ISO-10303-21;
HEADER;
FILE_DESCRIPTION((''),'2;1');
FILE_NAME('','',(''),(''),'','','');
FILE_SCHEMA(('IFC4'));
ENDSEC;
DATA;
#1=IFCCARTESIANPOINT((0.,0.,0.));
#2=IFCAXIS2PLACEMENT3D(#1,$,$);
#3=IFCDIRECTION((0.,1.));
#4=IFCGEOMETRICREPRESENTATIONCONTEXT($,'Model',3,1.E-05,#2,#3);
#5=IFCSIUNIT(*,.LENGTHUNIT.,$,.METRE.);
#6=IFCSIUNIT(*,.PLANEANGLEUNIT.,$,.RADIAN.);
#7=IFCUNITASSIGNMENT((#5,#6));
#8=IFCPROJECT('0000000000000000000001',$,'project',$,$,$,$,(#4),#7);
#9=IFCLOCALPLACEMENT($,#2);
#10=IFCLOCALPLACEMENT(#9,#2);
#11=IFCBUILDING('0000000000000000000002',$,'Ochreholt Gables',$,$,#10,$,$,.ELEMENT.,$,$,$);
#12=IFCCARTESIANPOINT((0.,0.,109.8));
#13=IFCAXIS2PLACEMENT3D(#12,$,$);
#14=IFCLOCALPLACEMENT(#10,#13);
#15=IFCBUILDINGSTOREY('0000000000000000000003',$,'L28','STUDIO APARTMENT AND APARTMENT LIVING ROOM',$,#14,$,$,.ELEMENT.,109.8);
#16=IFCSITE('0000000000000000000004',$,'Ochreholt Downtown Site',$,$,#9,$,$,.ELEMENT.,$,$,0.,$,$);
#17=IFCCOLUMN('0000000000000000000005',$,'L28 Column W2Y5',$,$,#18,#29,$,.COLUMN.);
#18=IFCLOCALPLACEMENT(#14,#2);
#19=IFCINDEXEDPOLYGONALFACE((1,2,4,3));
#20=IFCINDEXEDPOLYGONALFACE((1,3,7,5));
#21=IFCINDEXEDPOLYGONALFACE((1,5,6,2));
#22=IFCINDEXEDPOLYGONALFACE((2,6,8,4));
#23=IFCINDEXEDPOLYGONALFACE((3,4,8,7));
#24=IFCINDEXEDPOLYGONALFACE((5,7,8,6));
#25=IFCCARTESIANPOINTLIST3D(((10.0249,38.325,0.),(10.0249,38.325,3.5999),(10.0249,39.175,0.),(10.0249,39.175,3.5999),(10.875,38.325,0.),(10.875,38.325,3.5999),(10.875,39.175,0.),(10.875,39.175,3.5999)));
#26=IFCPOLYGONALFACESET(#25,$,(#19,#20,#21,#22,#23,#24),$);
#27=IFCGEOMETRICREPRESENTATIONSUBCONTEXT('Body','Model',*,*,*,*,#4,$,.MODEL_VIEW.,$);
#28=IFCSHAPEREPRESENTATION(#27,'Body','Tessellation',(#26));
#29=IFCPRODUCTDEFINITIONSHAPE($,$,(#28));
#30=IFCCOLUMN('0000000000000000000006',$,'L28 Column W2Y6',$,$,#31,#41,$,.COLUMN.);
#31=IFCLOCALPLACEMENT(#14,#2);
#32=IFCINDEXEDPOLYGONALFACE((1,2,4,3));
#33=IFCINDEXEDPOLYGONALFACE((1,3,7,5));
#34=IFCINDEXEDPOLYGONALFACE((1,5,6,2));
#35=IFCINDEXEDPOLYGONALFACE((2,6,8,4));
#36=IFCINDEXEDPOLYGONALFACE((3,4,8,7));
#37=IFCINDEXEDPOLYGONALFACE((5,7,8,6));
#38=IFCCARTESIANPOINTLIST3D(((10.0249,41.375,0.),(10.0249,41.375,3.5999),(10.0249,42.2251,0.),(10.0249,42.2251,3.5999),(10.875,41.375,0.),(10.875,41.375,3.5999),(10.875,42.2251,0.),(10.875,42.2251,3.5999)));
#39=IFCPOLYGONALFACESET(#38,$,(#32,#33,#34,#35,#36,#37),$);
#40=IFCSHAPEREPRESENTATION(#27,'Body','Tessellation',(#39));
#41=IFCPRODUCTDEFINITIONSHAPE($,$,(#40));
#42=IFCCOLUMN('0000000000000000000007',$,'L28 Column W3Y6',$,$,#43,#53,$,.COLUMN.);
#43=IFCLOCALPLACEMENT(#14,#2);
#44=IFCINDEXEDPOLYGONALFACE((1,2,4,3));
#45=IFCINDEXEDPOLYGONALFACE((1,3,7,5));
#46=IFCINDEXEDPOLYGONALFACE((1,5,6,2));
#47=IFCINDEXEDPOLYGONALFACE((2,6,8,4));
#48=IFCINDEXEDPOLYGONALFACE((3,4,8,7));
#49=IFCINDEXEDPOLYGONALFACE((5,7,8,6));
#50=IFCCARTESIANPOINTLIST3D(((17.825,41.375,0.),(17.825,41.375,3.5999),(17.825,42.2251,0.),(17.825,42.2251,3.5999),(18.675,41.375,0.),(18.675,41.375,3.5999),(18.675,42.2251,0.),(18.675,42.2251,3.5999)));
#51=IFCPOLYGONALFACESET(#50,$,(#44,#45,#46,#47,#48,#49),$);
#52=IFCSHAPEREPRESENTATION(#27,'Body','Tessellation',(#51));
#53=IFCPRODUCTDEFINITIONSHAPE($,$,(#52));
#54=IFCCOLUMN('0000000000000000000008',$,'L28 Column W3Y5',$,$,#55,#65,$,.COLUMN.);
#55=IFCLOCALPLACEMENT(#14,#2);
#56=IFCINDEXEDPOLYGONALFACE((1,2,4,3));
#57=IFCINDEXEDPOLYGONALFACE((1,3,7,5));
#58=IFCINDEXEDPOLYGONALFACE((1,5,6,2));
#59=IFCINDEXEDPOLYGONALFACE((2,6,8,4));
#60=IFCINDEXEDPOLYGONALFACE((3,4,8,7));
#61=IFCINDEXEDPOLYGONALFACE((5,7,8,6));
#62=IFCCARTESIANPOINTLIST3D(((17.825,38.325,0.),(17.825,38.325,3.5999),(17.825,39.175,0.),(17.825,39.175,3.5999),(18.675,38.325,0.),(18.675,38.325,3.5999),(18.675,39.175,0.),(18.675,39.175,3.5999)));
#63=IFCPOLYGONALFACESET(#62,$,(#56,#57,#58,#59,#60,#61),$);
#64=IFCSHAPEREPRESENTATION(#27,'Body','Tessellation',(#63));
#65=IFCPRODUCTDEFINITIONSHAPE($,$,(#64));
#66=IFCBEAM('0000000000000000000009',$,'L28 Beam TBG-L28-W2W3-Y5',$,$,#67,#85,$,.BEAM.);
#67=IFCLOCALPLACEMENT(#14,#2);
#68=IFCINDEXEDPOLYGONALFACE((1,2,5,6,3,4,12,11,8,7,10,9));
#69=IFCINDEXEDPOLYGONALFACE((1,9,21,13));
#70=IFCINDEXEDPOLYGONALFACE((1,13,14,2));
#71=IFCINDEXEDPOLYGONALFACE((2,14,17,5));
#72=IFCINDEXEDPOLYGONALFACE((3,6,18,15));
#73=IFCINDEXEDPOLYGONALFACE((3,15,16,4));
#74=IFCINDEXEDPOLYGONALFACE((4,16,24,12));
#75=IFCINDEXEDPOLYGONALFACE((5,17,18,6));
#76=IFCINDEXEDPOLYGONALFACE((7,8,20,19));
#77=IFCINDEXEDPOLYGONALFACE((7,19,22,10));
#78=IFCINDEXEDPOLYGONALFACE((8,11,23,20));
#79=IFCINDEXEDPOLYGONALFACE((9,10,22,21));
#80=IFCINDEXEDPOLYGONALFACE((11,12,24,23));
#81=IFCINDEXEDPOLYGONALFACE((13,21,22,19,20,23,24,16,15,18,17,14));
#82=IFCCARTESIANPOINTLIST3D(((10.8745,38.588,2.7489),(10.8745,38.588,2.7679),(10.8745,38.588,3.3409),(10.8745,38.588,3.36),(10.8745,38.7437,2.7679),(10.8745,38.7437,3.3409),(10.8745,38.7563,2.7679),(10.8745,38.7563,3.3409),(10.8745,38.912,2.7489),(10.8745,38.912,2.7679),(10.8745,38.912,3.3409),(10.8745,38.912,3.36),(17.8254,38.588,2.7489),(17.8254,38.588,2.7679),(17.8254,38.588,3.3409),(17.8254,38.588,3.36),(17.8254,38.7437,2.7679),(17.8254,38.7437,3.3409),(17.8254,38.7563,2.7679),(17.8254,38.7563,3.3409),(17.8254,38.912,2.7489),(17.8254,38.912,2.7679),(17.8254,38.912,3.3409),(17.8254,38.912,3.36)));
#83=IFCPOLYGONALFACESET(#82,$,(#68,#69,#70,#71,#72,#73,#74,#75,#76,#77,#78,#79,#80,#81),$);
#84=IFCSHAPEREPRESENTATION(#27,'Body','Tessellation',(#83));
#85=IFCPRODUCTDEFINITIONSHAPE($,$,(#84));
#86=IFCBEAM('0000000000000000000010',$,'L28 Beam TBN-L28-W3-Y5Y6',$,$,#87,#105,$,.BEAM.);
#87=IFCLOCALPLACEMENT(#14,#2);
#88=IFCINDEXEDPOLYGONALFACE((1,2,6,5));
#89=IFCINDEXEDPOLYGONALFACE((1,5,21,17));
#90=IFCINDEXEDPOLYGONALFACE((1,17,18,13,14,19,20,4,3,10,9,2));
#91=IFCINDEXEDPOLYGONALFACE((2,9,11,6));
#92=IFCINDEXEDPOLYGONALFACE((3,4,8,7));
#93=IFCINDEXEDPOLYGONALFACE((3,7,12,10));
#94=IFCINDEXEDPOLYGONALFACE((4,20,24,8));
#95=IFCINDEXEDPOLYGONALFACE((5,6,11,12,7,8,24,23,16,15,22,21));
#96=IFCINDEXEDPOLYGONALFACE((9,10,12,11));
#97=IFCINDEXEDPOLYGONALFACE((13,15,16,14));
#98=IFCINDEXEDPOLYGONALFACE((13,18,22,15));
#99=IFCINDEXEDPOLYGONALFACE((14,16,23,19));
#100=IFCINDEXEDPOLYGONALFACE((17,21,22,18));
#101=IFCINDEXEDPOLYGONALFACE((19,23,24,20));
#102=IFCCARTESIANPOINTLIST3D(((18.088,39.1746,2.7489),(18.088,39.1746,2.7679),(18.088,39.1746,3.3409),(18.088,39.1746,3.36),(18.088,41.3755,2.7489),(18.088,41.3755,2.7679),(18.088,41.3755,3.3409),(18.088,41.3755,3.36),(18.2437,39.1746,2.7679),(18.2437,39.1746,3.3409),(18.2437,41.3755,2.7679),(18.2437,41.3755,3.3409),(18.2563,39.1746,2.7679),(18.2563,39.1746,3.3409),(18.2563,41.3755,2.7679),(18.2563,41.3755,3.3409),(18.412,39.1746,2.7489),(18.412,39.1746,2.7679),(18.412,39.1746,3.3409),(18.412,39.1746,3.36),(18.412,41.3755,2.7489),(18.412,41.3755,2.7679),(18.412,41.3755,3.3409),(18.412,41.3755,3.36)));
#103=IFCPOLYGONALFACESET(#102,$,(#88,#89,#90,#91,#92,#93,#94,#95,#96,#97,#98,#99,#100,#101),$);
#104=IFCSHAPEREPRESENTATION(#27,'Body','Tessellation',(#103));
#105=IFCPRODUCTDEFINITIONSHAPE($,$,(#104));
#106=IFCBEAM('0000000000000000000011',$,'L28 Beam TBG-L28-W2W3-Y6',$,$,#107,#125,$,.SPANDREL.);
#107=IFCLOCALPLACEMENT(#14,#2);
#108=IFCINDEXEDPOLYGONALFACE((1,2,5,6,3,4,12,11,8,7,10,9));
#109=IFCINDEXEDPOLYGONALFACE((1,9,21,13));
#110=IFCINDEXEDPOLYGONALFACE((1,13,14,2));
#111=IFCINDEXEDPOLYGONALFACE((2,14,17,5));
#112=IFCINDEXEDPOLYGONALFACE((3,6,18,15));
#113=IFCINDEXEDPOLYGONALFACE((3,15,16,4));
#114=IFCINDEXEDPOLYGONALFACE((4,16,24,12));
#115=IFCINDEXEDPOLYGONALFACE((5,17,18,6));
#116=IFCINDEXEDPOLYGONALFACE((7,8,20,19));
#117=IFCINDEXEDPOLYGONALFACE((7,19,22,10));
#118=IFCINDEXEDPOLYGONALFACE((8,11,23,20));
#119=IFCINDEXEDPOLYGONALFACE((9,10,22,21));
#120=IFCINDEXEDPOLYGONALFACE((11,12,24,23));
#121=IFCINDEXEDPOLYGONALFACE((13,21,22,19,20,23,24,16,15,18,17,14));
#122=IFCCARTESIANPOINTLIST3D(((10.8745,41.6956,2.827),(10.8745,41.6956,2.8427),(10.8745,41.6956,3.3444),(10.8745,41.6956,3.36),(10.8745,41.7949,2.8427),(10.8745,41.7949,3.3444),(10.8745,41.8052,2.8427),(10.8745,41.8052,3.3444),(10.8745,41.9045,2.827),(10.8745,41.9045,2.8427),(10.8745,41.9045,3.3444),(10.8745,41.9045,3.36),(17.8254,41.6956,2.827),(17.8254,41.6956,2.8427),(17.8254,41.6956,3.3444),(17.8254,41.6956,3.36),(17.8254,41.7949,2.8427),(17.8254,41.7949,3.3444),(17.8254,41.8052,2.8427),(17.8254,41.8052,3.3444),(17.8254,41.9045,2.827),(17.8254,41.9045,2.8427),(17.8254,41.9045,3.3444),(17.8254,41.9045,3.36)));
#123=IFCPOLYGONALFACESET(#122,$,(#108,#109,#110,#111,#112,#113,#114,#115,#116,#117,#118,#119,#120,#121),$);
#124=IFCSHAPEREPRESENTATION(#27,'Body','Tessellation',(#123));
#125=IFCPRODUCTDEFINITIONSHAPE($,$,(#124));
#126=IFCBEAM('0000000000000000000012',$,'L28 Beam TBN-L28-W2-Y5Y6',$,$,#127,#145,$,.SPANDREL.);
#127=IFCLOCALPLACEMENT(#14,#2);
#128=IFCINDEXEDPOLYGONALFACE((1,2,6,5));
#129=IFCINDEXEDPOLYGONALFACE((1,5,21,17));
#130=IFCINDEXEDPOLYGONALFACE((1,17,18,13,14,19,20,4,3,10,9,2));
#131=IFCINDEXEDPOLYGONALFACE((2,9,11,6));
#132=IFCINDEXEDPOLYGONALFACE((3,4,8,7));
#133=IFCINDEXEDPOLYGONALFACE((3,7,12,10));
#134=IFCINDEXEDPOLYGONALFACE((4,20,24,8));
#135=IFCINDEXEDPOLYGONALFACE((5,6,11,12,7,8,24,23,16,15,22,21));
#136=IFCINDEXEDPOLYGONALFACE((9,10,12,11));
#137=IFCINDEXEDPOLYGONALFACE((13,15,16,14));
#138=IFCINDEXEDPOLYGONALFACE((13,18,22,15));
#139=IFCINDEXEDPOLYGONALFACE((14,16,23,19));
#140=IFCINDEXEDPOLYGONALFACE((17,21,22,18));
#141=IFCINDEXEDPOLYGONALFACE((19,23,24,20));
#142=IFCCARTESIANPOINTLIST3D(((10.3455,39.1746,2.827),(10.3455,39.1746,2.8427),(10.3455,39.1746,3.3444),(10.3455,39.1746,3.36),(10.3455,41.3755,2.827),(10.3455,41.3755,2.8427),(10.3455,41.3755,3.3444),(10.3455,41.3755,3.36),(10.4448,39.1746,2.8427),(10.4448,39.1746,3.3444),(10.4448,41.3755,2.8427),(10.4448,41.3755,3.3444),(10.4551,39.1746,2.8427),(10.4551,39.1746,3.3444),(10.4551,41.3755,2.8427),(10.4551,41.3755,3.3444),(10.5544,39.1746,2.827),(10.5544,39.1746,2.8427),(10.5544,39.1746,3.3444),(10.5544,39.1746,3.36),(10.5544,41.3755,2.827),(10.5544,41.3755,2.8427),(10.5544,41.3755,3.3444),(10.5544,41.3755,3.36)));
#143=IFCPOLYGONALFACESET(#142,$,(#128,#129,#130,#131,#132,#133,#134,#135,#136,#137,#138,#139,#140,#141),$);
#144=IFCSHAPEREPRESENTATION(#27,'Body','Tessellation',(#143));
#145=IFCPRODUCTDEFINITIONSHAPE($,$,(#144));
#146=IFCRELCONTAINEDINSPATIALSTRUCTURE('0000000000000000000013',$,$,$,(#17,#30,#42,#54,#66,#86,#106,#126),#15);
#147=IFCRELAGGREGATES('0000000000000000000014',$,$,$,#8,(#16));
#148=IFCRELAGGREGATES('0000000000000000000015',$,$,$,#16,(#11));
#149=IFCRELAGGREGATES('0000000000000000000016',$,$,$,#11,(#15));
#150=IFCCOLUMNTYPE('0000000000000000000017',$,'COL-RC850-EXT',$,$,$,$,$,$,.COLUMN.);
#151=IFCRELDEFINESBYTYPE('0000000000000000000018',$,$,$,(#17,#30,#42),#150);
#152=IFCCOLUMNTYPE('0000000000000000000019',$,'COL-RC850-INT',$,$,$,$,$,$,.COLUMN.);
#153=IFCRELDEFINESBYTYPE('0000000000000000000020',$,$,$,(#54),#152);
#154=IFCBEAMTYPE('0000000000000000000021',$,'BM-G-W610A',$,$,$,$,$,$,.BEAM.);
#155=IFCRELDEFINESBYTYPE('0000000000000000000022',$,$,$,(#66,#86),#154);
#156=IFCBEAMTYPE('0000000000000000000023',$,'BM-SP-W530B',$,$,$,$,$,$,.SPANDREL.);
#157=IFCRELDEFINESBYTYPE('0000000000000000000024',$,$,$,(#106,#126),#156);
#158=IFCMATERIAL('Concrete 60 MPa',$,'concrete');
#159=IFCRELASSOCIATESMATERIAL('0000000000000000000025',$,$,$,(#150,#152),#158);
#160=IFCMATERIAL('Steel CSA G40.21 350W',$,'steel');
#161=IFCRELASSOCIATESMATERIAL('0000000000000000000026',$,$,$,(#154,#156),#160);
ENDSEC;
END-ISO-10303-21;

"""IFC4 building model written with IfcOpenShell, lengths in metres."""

from ifc_helpers import new_model, si_unit, direction, frame, origin, origin_2d, place, context, subcontext, project, spatial, rectangle, i_section, extrude, material, material_profile, profile_set, type_object, element, save


model = new_model("IFC4")

# Units and contexts
model_context = context("Model", 3, precision=1e-05, world=origin(), true_north=direction((0.0, 1.0)))
body_context = subcontext(model_context, "Body", "Model", "MODEL_VIEW")
ifc_project = project(units=[si_unit("LENGTHUNIT", "METRE"), si_unit("PLANEANGLEUNIT", "RADIAN")], contexts=[model_context])

# Site, building, storey
site_placement = place(None, origin())
site = spatial("IfcSite", under=ifc_project, at=site_placement, Name="Ochreholt Downtown Site", CompositionType="ELEMENT", RefElevation=0.0)
building_placement = place(site_placement, origin())
building = spatial("IfcBuilding", under=site, at=building_placement, Name="Ochreholt Gables", CompositionType="ELEMENT")
storey_placement = place(building_placement, frame((0.0, 0.0, 109.8)))
storey = spatial("IfcBuildingStorey", under=building, at=storey_placement, Name="L28", Description="STUDIO APARTMENT AND APARTMENT LIVING ROOM", CompositionType="ELEMENT", Elevation=109.8)

# Columns
ifc_material_1 = material(Name="Concrete 60 MPa", Category="concrete")
ifc_material_profile_1 = material_profile(ifc_material_1, rectangle(XDim=0.8501, YDim=0.8501, at=origin_2d()), Name="RC850X850")
ifc_profile_set_1 = profile_set([ifc_material_profile_1], Name="Concrete 60 MPa")
column_type_1 = type_object("IfcColumnType", Name="COL-RC850-EXT", PredefinedType="COLUMN", material=ifc_profile_set_1)
for number, where, z_axis, x_axis, name in (
    (1, (10.45, 38.75, 0.0), (0.0, 0.0, 1.0), (1.0, 0.0, 0.0), "L28 Column W2Y5"),
    (2, (10.45, 41.8, 0.0), (0.0, 0.0, 1.0), (1.0, 0.0, 0.0), "L28 Column W2Y6"),
    (3, (18.25, 41.8, 0.0), (0.0, 0.0, 1.0), (1.0, 0.0, 0.0), "L28 Column W3Y6"),
):
    element("IfcColumn", number, at=place(storey_placement, frame(where, z_axis=z_axis, x_axis=x_axis)), inside=storey, type_object=column_type_1, Name=name, PredefinedType="COLUMN", context=body_context, shape_type="SweptSolid", body=[
        extrude(rectangle(XDim=0.8501, YDim=0.8501, at=origin_2d()), origin(), (0.0, 0.0, 1.0), 3.5999),
    ])
ifc_material_profile_2 = material_profile(ifc_material_1, rectangle(XDim=0.8501, YDim=0.8501, at=origin_2d()), Name="RC850X850")
ifc_profile_set_2 = profile_set([ifc_material_profile_2], Name="Concrete 60 MPa")
column_type_2 = type_object("IfcColumnType", Name="COL-RC850-INT", PredefinedType="COLUMN", material=ifc_profile_set_2)
column_placement = place(storey_placement, frame((18.25, 38.75, 0.0), z_axis=(0.0, 0.0, 1.0), x_axis=(1.0, 0.0, 0.0)))
element("IfcColumn", 4, at=column_placement, inside=storey, type_object=column_type_2, Name="L28 Column W3Y5", PredefinedType="COLUMN", context=body_context, shape_type="SweptSolid", body=[
    extrude(rectangle(XDim=0.8501, YDim=0.8501, at=origin_2d()), origin(), (0.0, 0.0, 1.0), 3.5999),
])

# Beams
ifc_material_2 = material(Name="Steel CSA G40.21 350W", Category="steel")
ifc_material_profile_3 = material_profile(ifc_material_2, i_section(OverallWidth=0.324, OverallDepth=0.6111, WebThickness=0.0127, FlangeThickness=0.019, at=origin_2d()), Name="W610X155")
ifc_profile_set_3 = profile_set([ifc_material_profile_3], Name="Steel CSA G40.21 350W")
beam_type_1 = type_object("IfcBeamType", Name="BM-G-W610A", PredefinedType="BEAM", material=ifc_profile_set_3)
beam_1_placement = place(storey_placement, frame((10.8745, 38.75, 3.0544), z_axis=(1.0, 0.0, 0.0), x_axis=(0.0, 1.0, 0.0)))
element("IfcBeam", 5, at=beam_1_placement, inside=storey, type_object=beam_type_1, Name="L28 Beam TBG-L28-W2W3-Y5", PredefinedType="BEAM", context=body_context, shape_type="SweptSolid", body=[
    extrude(i_section(OverallWidth=0.324, OverallDepth=0.6111, WebThickness=0.0127, FlangeThickness=0.019, at=origin_2d()), origin(), (0.0, 0.0, 1.0), 6.9509),
])
beam_2_placement = place(storey_placement, frame((18.25, 39.1746, 3.0544), z_axis=(0.0, 1.0, 0.0), x_axis=(-1.0, 0.0, 0.0)))
element("IfcBeam", 6, at=beam_2_placement, inside=storey, type_object=beam_type_1, Name="L28 Beam TBN-L28-W3-Y5Y6", PredefinedType="BEAM", context=body_context, shape_type="SweptSolid", body=[
    extrude(i_section(OverallWidth=0.324, OverallDepth=0.6111, WebThickness=0.0127, FlangeThickness=0.019, at=origin_2d()), origin(), (0.0, 0.0, 1.0), 2.2009),
])
ifc_material_profile_4 = material_profile(ifc_material_2, i_section(OverallWidth=0.209, OverallDepth=0.533, WebThickness=0.0103, FlangeThickness=0.0156, at=origin_2d()), Name="W530X92")
ifc_profile_set_4 = profile_set([ifc_material_profile_4], Name="Steel CSA G40.21 350W")
beam_type_2 = type_object("IfcBeamType", Name="BM-SP-W530B", PredefinedType="SPANDREL", material=ifc_profile_set_4)
beam_3_placement = place(storey_placement, frame((10.8745, 41.8, 3.0935), z_axis=(1.0, 0.0, 0.0), x_axis=(0.0, 1.0, 0.0)))
element("IfcBeam", 7, at=beam_3_placement, inside=storey, type_object=beam_type_2, Name="L28 Beam TBG-L28-W2W3-Y6", PredefinedType="SPANDREL", context=body_context, shape_type="SweptSolid", body=[
    extrude(i_section(OverallWidth=0.209, OverallDepth=0.533, WebThickness=0.0103, FlangeThickness=0.0156, at=origin_2d()), origin(), (0.0, 0.0, 1.0), 6.9509),
])
beam_4_placement = place(storey_placement, frame((10.45, 39.1746, 3.0935), z_axis=(0.0, 1.0, 0.0), x_axis=(-1.0, 0.0, 0.0)))
element("IfcBeam", 8, at=beam_4_placement, inside=storey, type_object=beam_type_2, Name="L28 Beam TBN-L28-W2-Y5Y6", PredefinedType="SPANDREL", context=body_context, shape_type="SweptSolid", body=[
    extrude(i_section(OverallWidth=0.209, OverallDepth=0.533, WebThickness=0.0103, FlangeThickness=0.0156, at=origin_2d()), origin(), (0.0, 0.0, 1.0), 2.2009),
])

save(model, "model.ifc")
